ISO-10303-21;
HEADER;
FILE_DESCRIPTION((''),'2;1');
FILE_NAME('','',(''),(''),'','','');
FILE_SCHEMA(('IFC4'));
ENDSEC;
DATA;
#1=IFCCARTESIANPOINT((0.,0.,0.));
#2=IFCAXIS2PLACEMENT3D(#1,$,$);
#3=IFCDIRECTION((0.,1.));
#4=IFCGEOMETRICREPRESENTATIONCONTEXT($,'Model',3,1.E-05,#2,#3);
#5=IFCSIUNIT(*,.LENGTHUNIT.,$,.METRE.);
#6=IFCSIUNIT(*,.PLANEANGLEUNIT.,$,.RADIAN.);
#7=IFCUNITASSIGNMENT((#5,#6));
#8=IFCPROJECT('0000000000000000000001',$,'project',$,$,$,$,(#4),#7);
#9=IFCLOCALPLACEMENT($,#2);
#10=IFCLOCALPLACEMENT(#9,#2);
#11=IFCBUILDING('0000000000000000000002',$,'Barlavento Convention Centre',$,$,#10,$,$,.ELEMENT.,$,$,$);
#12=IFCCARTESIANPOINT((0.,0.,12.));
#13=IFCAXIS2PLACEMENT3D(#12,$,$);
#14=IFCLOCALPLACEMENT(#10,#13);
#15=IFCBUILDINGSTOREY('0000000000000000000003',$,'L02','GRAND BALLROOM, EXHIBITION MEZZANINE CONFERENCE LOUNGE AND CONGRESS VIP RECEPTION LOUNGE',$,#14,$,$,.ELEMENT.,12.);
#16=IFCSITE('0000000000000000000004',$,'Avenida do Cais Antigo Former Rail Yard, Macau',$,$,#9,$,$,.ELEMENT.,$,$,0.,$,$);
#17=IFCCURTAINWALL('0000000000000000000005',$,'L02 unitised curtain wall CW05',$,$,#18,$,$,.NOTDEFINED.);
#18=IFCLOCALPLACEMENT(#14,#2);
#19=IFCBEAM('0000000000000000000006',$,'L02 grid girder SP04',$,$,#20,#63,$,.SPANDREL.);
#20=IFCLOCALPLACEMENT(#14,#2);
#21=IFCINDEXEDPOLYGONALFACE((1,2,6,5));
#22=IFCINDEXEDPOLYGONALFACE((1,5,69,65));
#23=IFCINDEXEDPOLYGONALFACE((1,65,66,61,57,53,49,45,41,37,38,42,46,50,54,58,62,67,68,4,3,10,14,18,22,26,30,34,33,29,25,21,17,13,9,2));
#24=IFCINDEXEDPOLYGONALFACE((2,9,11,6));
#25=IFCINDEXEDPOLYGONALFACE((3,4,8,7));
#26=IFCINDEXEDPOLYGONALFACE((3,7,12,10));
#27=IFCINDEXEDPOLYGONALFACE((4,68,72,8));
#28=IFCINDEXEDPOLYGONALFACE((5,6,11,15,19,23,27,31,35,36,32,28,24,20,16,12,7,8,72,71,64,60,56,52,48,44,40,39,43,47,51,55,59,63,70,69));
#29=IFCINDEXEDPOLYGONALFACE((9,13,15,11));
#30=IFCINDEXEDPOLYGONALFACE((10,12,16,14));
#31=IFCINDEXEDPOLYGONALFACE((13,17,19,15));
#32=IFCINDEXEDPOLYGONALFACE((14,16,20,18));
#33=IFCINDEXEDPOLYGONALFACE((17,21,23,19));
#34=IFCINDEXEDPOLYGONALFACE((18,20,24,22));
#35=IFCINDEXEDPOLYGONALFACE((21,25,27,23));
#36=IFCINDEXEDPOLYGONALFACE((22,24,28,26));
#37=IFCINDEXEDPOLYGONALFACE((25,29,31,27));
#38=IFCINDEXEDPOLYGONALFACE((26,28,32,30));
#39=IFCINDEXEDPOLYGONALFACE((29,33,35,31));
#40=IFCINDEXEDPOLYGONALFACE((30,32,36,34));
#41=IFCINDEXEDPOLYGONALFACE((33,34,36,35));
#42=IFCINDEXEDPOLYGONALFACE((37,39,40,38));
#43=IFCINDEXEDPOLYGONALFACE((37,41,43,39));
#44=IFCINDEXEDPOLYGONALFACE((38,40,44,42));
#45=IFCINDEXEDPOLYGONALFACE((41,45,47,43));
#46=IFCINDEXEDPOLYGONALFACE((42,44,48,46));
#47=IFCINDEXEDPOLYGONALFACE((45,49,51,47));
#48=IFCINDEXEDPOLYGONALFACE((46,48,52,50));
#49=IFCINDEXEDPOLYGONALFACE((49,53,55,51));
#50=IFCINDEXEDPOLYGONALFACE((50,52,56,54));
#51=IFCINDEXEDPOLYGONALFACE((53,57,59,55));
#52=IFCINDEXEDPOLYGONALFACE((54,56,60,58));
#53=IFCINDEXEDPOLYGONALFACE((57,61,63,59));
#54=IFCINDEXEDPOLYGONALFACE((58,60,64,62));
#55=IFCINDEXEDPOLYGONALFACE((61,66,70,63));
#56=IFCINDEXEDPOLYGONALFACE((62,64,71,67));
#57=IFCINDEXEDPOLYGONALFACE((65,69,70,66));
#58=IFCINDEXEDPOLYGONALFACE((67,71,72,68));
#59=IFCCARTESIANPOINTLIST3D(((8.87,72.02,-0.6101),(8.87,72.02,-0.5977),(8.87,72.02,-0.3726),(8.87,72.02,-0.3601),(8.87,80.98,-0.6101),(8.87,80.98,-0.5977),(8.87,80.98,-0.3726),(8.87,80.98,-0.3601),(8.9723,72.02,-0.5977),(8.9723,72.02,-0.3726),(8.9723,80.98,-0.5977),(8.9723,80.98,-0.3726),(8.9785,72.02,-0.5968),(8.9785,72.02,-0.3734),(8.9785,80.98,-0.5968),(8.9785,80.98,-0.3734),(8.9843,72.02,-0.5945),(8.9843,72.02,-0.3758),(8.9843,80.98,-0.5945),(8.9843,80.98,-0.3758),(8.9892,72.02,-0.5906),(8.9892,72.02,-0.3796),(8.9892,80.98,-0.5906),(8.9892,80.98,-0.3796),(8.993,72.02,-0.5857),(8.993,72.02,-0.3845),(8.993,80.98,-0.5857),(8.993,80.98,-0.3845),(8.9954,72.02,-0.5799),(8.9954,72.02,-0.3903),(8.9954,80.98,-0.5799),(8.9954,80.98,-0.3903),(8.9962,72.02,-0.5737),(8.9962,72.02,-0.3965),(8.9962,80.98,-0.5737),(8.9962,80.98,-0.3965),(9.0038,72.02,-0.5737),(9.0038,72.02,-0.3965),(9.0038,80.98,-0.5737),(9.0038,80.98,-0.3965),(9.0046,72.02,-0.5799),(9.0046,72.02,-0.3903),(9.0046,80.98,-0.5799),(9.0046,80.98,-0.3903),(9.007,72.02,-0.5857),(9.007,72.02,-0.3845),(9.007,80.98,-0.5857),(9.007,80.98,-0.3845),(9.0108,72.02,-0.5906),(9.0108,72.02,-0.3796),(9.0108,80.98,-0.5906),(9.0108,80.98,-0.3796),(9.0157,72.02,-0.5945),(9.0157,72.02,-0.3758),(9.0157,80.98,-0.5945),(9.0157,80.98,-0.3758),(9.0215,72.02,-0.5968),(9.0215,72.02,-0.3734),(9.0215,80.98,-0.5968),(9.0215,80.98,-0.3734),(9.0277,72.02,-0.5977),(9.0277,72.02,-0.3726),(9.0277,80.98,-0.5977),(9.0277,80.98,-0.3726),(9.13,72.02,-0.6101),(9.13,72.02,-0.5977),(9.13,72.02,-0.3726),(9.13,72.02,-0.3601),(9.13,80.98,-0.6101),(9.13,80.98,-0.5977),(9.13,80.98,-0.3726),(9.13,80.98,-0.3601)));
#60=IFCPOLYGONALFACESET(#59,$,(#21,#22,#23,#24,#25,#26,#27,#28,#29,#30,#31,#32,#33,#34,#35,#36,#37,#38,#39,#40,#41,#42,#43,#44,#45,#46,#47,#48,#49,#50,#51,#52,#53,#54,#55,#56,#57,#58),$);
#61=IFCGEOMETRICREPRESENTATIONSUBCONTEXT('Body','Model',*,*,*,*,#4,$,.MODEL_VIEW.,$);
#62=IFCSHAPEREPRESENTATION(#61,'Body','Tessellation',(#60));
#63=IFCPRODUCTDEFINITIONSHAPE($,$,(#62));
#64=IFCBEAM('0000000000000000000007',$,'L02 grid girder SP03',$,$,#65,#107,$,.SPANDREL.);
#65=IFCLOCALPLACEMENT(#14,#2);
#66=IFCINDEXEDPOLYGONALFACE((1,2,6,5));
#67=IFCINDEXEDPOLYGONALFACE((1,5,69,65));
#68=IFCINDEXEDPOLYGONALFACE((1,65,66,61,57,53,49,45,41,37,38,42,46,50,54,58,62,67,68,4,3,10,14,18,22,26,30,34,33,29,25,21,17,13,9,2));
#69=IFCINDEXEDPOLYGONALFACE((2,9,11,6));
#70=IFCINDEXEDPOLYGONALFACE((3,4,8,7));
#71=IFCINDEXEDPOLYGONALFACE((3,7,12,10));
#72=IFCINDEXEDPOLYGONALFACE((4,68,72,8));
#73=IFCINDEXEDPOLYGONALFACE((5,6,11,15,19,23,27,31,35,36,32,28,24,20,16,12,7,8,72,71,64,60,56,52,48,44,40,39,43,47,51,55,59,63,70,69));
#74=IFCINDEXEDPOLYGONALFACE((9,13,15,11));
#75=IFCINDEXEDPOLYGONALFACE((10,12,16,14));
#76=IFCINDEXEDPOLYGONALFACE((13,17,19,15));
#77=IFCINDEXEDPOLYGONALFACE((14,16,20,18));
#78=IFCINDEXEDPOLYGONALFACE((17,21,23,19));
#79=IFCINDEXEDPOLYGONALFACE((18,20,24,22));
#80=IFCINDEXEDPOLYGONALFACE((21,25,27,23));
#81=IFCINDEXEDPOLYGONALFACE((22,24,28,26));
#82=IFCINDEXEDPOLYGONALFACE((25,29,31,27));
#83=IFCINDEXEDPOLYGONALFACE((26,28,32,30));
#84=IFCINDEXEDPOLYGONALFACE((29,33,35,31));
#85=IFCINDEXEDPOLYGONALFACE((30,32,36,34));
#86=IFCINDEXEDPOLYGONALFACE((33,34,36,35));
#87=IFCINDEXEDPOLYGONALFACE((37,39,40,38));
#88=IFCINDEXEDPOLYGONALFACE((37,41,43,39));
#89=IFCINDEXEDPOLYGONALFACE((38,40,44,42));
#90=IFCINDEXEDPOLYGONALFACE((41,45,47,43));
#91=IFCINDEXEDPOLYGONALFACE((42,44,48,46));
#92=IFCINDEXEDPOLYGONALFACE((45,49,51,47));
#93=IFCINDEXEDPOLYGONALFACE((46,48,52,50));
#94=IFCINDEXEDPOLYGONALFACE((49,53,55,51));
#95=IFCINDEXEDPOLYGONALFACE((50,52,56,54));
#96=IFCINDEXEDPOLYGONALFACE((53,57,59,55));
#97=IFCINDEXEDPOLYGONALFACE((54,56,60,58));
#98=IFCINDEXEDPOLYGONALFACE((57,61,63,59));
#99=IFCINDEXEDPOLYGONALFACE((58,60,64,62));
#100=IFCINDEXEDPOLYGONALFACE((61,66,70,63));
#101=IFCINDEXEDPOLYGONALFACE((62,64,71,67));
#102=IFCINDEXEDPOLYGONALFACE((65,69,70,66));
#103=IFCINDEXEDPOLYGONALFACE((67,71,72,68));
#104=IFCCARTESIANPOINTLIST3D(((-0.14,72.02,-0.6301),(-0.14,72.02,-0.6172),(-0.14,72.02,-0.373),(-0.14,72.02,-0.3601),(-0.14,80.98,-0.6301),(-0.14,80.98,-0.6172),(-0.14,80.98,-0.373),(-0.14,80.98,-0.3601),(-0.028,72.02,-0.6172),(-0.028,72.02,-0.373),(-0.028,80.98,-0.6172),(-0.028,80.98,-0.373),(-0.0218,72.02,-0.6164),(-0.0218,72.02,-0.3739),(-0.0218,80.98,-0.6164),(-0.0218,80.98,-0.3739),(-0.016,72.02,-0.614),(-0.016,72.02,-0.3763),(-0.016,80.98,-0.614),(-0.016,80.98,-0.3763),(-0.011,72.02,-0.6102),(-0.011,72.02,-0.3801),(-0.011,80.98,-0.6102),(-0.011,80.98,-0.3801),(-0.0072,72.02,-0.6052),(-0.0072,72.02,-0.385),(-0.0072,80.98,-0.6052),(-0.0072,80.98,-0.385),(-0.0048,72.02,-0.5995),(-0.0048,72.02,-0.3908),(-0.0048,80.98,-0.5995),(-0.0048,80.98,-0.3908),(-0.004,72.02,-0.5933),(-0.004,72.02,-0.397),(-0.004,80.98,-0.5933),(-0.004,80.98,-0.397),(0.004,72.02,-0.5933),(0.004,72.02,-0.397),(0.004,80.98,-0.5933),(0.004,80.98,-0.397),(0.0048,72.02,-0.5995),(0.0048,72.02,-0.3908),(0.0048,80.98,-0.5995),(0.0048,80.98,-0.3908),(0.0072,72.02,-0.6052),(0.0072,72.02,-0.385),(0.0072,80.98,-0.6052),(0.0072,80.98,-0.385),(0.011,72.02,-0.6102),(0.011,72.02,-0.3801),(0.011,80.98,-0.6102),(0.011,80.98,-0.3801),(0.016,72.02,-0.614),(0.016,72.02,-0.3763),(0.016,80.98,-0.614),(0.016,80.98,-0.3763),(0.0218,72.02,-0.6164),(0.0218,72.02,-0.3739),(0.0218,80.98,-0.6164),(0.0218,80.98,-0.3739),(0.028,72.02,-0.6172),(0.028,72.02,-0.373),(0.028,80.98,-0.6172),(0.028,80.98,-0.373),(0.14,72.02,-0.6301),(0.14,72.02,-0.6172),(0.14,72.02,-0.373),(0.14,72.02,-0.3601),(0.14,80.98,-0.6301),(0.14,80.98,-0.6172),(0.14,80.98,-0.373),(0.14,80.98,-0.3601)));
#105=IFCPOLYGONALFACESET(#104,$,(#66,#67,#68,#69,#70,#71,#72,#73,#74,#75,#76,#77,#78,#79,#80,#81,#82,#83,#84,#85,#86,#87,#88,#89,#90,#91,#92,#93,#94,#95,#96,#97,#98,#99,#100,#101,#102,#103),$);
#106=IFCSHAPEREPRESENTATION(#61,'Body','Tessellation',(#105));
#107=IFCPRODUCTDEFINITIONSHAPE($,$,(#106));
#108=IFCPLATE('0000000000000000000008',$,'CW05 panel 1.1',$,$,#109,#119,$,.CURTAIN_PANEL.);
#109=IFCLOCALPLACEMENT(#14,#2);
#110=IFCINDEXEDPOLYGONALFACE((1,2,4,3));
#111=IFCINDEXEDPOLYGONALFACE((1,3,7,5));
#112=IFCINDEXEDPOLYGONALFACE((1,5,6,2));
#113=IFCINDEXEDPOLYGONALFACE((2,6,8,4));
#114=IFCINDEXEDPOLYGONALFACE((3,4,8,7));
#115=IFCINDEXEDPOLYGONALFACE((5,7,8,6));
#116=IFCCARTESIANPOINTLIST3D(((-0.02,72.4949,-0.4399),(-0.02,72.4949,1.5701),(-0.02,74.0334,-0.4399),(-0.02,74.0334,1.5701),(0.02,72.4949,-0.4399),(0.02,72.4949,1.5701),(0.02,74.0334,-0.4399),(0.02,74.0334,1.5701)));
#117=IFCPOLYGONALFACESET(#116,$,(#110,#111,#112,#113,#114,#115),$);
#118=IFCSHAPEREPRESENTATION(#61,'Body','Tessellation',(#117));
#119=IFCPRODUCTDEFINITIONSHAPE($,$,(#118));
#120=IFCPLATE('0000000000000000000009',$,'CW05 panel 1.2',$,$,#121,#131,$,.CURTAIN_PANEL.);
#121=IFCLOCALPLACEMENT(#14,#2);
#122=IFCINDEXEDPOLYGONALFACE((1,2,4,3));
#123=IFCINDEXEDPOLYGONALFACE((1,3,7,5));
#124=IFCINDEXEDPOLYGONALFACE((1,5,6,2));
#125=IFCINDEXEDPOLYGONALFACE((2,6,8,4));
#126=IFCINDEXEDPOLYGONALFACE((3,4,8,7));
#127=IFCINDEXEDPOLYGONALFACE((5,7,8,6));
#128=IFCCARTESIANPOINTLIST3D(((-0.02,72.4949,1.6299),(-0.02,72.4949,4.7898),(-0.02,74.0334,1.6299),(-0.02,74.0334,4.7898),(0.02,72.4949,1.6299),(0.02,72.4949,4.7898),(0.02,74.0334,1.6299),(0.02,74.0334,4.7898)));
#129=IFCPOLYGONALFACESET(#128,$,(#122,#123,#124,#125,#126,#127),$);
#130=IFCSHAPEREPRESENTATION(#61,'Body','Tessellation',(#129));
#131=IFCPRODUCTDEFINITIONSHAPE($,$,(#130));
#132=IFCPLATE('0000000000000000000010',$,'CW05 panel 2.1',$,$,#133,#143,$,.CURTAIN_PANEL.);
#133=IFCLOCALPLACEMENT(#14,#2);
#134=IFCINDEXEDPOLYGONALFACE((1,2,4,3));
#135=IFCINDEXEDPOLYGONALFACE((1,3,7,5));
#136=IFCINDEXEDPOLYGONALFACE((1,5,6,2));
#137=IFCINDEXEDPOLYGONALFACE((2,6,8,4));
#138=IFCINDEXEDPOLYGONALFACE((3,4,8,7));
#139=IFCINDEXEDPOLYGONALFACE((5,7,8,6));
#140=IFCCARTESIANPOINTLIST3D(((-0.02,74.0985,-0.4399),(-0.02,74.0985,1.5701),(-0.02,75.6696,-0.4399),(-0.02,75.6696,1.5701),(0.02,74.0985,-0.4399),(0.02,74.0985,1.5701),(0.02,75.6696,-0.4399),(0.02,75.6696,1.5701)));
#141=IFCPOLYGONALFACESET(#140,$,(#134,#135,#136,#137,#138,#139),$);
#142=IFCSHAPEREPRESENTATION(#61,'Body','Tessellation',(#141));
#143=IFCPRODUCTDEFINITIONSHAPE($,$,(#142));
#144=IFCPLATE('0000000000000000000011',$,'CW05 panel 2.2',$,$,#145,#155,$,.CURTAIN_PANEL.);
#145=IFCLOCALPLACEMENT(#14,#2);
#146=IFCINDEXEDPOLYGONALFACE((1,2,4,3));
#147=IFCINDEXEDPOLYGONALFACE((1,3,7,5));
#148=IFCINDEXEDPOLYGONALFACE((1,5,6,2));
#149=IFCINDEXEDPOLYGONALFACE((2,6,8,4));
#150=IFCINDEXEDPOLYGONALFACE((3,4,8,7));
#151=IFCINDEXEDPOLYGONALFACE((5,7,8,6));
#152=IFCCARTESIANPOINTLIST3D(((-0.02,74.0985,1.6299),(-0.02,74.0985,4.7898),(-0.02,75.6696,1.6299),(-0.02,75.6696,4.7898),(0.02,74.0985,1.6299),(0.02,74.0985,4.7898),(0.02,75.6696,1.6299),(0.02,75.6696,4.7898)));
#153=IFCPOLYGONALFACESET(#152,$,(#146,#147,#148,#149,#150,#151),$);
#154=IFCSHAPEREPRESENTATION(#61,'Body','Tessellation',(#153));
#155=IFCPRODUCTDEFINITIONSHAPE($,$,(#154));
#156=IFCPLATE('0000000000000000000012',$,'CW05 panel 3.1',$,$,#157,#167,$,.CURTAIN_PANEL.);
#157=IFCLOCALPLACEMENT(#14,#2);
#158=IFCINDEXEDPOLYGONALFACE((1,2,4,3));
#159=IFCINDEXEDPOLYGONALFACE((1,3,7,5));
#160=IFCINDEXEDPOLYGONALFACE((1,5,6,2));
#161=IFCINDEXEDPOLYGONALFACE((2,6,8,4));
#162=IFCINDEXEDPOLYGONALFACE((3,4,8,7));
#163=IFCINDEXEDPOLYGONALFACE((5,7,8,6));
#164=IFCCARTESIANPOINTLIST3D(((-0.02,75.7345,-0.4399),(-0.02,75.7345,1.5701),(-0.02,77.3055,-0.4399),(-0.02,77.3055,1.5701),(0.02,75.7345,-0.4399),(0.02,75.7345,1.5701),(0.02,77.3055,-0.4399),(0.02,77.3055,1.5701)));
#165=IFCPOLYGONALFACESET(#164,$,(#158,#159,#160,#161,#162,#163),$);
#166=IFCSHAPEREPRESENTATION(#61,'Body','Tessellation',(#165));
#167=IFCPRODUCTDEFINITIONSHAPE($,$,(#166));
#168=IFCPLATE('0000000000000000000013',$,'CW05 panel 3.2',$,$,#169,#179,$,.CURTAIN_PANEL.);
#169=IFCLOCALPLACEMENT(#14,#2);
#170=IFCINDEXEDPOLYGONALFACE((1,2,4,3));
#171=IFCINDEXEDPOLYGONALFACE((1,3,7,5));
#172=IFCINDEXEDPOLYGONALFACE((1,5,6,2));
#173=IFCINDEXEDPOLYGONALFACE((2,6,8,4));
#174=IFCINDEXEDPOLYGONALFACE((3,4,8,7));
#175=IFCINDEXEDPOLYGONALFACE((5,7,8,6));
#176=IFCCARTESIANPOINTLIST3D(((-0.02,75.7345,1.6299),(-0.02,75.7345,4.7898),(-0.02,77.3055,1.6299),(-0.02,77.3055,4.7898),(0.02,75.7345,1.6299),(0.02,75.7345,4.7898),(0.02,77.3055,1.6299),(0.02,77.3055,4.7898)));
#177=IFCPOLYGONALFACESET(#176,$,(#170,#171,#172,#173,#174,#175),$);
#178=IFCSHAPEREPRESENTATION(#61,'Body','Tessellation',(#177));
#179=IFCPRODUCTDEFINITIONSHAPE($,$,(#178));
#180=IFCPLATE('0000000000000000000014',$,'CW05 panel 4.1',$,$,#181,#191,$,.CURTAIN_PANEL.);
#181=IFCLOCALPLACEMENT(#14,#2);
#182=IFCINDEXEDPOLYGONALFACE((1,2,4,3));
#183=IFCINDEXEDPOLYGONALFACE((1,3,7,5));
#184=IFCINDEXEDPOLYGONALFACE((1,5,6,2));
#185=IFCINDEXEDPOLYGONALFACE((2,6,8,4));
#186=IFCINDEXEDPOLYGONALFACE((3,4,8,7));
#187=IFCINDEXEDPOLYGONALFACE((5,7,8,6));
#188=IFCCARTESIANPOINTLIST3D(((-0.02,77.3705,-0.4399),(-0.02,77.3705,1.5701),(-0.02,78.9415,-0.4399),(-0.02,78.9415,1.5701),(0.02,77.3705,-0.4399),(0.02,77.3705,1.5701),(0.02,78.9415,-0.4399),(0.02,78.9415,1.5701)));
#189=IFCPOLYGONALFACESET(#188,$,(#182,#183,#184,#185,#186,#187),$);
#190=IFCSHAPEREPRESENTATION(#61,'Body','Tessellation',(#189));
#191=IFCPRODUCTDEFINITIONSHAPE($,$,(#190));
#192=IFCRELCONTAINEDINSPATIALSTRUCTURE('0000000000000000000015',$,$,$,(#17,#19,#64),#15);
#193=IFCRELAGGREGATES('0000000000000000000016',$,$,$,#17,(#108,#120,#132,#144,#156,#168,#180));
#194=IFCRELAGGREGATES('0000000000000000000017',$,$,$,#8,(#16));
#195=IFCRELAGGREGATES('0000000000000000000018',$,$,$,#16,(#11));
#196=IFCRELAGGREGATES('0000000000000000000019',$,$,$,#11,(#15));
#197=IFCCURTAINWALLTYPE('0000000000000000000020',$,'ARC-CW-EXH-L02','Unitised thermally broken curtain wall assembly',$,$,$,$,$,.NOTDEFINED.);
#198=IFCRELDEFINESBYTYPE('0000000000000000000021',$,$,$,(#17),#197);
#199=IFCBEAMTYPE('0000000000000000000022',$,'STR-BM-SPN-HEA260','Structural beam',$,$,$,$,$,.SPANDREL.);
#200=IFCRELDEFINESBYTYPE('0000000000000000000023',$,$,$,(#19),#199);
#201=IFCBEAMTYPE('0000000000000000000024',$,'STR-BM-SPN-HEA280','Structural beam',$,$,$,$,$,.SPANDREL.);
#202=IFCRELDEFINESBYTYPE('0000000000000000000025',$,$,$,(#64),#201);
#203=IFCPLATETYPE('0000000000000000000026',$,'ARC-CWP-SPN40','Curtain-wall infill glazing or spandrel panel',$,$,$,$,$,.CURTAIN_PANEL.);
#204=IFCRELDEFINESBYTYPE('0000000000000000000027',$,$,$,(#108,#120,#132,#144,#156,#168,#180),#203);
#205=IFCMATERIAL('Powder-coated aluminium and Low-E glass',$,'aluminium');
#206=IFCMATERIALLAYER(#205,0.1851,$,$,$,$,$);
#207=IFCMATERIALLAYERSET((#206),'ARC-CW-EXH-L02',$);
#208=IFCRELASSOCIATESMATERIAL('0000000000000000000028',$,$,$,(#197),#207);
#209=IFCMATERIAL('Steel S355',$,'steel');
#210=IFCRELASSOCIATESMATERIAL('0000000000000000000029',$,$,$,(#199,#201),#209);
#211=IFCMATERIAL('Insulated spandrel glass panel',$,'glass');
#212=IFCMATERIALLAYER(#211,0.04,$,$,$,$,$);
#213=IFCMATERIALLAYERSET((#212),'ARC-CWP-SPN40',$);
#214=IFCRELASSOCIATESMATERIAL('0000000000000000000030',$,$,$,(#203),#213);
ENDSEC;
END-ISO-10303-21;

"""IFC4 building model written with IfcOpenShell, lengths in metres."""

from ifc_helpers import new_model, si_unit, direction, frame, origin, origin_2d, place, context, subcontext, project, spatial, rectangle, i_section, extrude, material, layer, layer_set, material_profile, profile_set, type_object, element, aggregate, save


model = new_model("IFC4")

# Units and contexts
model_context = context("Model", 3, precision=1e-05, world=origin(), true_north=direction((0.0, 1.0)))
body_context = subcontext(model_context, "Body", "Model", "MODEL_VIEW")
ifc_project = project(units=[si_unit("LENGTHUNIT", "METRE"), si_unit("PLANEANGLEUNIT", "RADIAN")], contexts=[model_context])

# Site, building, storey
site_placement = place(None, origin())
site = spatial("IfcSite", under=ifc_project, at=site_placement, Name="Avenida do Cais Antigo Former Rail Yard, Macau", CompositionType="ELEMENT", RefElevation=0.0)
building_placement = place(site_placement, origin())
building = spatial("IfcBuilding", under=site, at=building_placement, Name="Barlavento Convention Centre", CompositionType="ELEMENT")
storey_placement = place(building_placement, frame((0.0, 0.0, 12.0)))
storey = spatial("IfcBuildingStorey", under=building, at=storey_placement, Name="L02", Description="GRAND BALLROOM, EXHIBITION MEZZANINE CONFERENCE LOUNGE AND CONGRESS VIP RECEPTION LOUNGE", CompositionType="ELEMENT", Elevation=12.0)

# Curtain wall
ifc_material_1 = material(Name="Powder-coated aluminium and Low-E glass", Category="aluminium")
ifc_layer_1 = layer(ifc_material_1, 0.1851)
ifc_layer_set_1 = layer_set([ifc_layer_1], Name="ARC-CW-EXH-L02")
curtain_wall_type = type_object("IfcCurtainWallType", Name="ARC-CW-EXH-L02", Description="Unitised thermally broken curtain wall assembly", PredefinedType="NOTDEFINED", material=ifc_layer_set_1)
curtain_wall_placement = place(storey_placement, origin())
curtain_wall = element("IfcCurtainWall", 1, at=curtain_wall_placement, inside=storey, type_object=curtain_wall_type, Name="L02 unitised curtain wall CW05", PredefinedType="NOTDEFINED")

# Beams
ifc_material_2 = material(Name="Steel S355", Category="steel")
ifc_material_profile_1 = material_profile(ifc_material_2, i_section(OverallWidth=0.26, OverallDepth=0.25, WebThickness=0.0076, FlangeThickness=0.0125, FilletRadius=0.0239, at=origin_2d()), Name="HEA 260")
ifc_profile_set_1 = profile_set([ifc_material_profile_1], Name="Steel S355")
beam_type_1 = type_object("IfcBeamType", Name="STR-BM-SPN-HEA260", Description="Structural beam", PredefinedType="SPANDREL", material=ifc_profile_set_1)
beam_1_placement = place(storey_placement, frame((9.0, 72.02, -0.4851), z_axis=(0.0, 1.0, 0.0), x_axis=(-1.0, 0.0, 0.0)))
element("IfcBeam", 2, at=beam_1_placement, inside=storey, type_object=beam_type_1, Name="L02 grid girder SP04", PredefinedType="SPANDREL", context=body_context, shape_type="SweptSolid", body=[
    extrude(i_section(OverallWidth=0.26, OverallDepth=0.25, WebThickness=0.0076, FlangeThickness=0.0125, FilletRadius=0.0239, at=origin_2d()), origin(), (0.0, 0.0, 1.0), 8.96),
])
ifc_material_profile_2 = material_profile(ifc_material_2, i_section(OverallWidth=0.28, OverallDepth=0.27, WebThickness=0.0081, FlangeThickness=0.0129, FilletRadius=0.0239, at=origin_2d()), Name="HEA 280")
ifc_profile_set_2 = profile_set([ifc_material_profile_2], Name="Steel S355")
beam_type_2 = type_object("IfcBeamType", Name="STR-BM-SPN-HEA280", Description="Structural beam", PredefinedType="SPANDREL", material=ifc_profile_set_2)
beam_2_placement = place(storey_placement, frame((0.0, 72.02, -0.4951), z_axis=(0.0, 1.0, 0.0), x_axis=(-1.0, 0.0, 0.0)))
element("IfcBeam", 3, at=beam_2_placement, inside=storey, type_object=beam_type_2, Name="L02 grid girder SP03", PredefinedType="SPANDREL", context=body_context, shape_type="SweptSolid", body=[
    extrude(i_section(OverallWidth=0.28, OverallDepth=0.27, WebThickness=0.0081, FlangeThickness=0.0129, FilletRadius=0.0239, at=origin_2d()), origin(), (0.0, 0.0, 1.0), 8.96),
])

# Plates
ifc_material_3 = material(Name="Insulated spandrel glass panel", Category="glass")
ifc_layer_2 = layer(ifc_material_3, 0.04)
ifc_layer_set_2 = layer_set([ifc_layer_2], Name="ARC-CWP-SPN40")
plate_type = type_object("IfcPlateType", Name="ARC-CWP-SPN40", Description="Curtain-wall infill glazing or spandrel panel", PredefinedType="CURTAIN_PANEL", material=ifc_layer_set_2)
plate_1_placement = place(storey_placement, frame((0.0, 73.2642, -0.4399), z_axis=(0.0, 0.0, 1.0), x_axis=(0.0, 1.0, 0.0)))
plate_1 = element("IfcPlate", 4, at=plate_1_placement, type_object=plate_type, Name="CW05 panel 1.1", PredefinedType="CURTAIN_PANEL", context=body_context, shape_type="SweptSolid", body=[
    extrude(rectangle(XDim=1.5386, YDim=0.04, at=origin_2d()), origin(), (0.0, 0.0, 1.0), 2.01),
])
plate_2_placement = place(storey_placement, frame((0.0, 73.2642, 1.6299), z_axis=(0.0, 0.0, 1.0), x_axis=(0.0, 1.0, 0.0)))
plate_2 = element("IfcPlate", 5, at=plate_2_placement, type_object=plate_type, Name="CW05 panel 1.2", PredefinedType="CURTAIN_PANEL", context=body_context, shape_type="SweptSolid", body=[
    extrude(rectangle(XDim=1.5386, YDim=0.04, at=origin_2d()), origin(), (0.0, 0.0, 1.0), 3.1599),
])
plate_3_placement = place(storey_placement, frame((0.0, 74.884, -0.4399), z_axis=(0.0, 0.0, 1.0), x_axis=(0.0, 1.0, 0.0)))
plate_3 = element("IfcPlate", 6, at=plate_3_placement, type_object=plate_type, Name="CW05 panel 2.1", PredefinedType="CURTAIN_PANEL", context=body_context, shape_type="SweptSolid", body=[
    extrude(rectangle(XDim=1.571, YDim=0.04, at=origin_2d()), origin(), (0.0, 0.0, 1.0), 2.01),
])
plate_4_placement = place(storey_placement, frame((0.0, 74.884, 1.6299), z_axis=(0.0, 0.0, 1.0), x_axis=(0.0, 1.0, 0.0)))
plate_4 = element("IfcPlate", 7, at=plate_4_placement, type_object=plate_type, Name="CW05 panel 2.2", PredefinedType="CURTAIN_PANEL", context=body_context, shape_type="SweptSolid", body=[
    extrude(rectangle(XDim=1.571, YDim=0.04, at=origin_2d()), origin(), (0.0, 0.0, 1.0), 3.1599),
])
plate_5_placement = place(storey_placement, frame((0.0, 76.52, -0.4399), z_axis=(0.0, 0.0, 1.0), x_axis=(0.0, 1.0, 0.0)))
plate_5 = element("IfcPlate", 8, at=plate_5_placement, type_object=plate_type, Name="CW05 panel 3.1", PredefinedType="CURTAIN_PANEL", context=body_context, shape_type="SweptSolid", body=[
    extrude(rectangle(XDim=1.571, YDim=0.04, at=origin_2d()), origin(), (0.0, 0.0, 1.0), 2.01),
])
plate_6_placement = place(storey_placement, frame((0.0, 76.52, 1.6299), z_axis=(0.0, 0.0, 1.0), x_axis=(0.0, 1.0, 0.0)))
plate_6 = element("IfcPlate", 9, at=plate_6_placement, type_object=plate_type, Name="CW05 panel 3.2", PredefinedType="CURTAIN_PANEL", context=body_context, shape_type="SweptSolid", body=[
    extrude(rectangle(XDim=1.571, YDim=0.04, at=origin_2d()), origin(), (0.0, 0.0, 1.0), 3.1599),
])
plate_7_placement = place(storey_placement, frame((0.0, 78.156, -0.4399), z_axis=(0.0, 0.0, 1.0), x_axis=(0.0, 1.0, 0.0)))
plate_7 = element("IfcPlate", 10, at=plate_7_placement, type_object=plate_type, Name="CW05 panel 4.1", PredefinedType="CURTAIN_PANEL", context=body_context, shape_type="SweptSolid", body=[
    extrude(rectangle(XDim=1.571, YDim=0.04, at=origin_2d()), origin(), (0.0, 0.0, 1.0), 2.01),
])
aggregate(curtain_wall, [plate_1, plate_2, plate_3, plate_4, plate_5, plate_6, plate_7])

save(model, "model.ifc")
